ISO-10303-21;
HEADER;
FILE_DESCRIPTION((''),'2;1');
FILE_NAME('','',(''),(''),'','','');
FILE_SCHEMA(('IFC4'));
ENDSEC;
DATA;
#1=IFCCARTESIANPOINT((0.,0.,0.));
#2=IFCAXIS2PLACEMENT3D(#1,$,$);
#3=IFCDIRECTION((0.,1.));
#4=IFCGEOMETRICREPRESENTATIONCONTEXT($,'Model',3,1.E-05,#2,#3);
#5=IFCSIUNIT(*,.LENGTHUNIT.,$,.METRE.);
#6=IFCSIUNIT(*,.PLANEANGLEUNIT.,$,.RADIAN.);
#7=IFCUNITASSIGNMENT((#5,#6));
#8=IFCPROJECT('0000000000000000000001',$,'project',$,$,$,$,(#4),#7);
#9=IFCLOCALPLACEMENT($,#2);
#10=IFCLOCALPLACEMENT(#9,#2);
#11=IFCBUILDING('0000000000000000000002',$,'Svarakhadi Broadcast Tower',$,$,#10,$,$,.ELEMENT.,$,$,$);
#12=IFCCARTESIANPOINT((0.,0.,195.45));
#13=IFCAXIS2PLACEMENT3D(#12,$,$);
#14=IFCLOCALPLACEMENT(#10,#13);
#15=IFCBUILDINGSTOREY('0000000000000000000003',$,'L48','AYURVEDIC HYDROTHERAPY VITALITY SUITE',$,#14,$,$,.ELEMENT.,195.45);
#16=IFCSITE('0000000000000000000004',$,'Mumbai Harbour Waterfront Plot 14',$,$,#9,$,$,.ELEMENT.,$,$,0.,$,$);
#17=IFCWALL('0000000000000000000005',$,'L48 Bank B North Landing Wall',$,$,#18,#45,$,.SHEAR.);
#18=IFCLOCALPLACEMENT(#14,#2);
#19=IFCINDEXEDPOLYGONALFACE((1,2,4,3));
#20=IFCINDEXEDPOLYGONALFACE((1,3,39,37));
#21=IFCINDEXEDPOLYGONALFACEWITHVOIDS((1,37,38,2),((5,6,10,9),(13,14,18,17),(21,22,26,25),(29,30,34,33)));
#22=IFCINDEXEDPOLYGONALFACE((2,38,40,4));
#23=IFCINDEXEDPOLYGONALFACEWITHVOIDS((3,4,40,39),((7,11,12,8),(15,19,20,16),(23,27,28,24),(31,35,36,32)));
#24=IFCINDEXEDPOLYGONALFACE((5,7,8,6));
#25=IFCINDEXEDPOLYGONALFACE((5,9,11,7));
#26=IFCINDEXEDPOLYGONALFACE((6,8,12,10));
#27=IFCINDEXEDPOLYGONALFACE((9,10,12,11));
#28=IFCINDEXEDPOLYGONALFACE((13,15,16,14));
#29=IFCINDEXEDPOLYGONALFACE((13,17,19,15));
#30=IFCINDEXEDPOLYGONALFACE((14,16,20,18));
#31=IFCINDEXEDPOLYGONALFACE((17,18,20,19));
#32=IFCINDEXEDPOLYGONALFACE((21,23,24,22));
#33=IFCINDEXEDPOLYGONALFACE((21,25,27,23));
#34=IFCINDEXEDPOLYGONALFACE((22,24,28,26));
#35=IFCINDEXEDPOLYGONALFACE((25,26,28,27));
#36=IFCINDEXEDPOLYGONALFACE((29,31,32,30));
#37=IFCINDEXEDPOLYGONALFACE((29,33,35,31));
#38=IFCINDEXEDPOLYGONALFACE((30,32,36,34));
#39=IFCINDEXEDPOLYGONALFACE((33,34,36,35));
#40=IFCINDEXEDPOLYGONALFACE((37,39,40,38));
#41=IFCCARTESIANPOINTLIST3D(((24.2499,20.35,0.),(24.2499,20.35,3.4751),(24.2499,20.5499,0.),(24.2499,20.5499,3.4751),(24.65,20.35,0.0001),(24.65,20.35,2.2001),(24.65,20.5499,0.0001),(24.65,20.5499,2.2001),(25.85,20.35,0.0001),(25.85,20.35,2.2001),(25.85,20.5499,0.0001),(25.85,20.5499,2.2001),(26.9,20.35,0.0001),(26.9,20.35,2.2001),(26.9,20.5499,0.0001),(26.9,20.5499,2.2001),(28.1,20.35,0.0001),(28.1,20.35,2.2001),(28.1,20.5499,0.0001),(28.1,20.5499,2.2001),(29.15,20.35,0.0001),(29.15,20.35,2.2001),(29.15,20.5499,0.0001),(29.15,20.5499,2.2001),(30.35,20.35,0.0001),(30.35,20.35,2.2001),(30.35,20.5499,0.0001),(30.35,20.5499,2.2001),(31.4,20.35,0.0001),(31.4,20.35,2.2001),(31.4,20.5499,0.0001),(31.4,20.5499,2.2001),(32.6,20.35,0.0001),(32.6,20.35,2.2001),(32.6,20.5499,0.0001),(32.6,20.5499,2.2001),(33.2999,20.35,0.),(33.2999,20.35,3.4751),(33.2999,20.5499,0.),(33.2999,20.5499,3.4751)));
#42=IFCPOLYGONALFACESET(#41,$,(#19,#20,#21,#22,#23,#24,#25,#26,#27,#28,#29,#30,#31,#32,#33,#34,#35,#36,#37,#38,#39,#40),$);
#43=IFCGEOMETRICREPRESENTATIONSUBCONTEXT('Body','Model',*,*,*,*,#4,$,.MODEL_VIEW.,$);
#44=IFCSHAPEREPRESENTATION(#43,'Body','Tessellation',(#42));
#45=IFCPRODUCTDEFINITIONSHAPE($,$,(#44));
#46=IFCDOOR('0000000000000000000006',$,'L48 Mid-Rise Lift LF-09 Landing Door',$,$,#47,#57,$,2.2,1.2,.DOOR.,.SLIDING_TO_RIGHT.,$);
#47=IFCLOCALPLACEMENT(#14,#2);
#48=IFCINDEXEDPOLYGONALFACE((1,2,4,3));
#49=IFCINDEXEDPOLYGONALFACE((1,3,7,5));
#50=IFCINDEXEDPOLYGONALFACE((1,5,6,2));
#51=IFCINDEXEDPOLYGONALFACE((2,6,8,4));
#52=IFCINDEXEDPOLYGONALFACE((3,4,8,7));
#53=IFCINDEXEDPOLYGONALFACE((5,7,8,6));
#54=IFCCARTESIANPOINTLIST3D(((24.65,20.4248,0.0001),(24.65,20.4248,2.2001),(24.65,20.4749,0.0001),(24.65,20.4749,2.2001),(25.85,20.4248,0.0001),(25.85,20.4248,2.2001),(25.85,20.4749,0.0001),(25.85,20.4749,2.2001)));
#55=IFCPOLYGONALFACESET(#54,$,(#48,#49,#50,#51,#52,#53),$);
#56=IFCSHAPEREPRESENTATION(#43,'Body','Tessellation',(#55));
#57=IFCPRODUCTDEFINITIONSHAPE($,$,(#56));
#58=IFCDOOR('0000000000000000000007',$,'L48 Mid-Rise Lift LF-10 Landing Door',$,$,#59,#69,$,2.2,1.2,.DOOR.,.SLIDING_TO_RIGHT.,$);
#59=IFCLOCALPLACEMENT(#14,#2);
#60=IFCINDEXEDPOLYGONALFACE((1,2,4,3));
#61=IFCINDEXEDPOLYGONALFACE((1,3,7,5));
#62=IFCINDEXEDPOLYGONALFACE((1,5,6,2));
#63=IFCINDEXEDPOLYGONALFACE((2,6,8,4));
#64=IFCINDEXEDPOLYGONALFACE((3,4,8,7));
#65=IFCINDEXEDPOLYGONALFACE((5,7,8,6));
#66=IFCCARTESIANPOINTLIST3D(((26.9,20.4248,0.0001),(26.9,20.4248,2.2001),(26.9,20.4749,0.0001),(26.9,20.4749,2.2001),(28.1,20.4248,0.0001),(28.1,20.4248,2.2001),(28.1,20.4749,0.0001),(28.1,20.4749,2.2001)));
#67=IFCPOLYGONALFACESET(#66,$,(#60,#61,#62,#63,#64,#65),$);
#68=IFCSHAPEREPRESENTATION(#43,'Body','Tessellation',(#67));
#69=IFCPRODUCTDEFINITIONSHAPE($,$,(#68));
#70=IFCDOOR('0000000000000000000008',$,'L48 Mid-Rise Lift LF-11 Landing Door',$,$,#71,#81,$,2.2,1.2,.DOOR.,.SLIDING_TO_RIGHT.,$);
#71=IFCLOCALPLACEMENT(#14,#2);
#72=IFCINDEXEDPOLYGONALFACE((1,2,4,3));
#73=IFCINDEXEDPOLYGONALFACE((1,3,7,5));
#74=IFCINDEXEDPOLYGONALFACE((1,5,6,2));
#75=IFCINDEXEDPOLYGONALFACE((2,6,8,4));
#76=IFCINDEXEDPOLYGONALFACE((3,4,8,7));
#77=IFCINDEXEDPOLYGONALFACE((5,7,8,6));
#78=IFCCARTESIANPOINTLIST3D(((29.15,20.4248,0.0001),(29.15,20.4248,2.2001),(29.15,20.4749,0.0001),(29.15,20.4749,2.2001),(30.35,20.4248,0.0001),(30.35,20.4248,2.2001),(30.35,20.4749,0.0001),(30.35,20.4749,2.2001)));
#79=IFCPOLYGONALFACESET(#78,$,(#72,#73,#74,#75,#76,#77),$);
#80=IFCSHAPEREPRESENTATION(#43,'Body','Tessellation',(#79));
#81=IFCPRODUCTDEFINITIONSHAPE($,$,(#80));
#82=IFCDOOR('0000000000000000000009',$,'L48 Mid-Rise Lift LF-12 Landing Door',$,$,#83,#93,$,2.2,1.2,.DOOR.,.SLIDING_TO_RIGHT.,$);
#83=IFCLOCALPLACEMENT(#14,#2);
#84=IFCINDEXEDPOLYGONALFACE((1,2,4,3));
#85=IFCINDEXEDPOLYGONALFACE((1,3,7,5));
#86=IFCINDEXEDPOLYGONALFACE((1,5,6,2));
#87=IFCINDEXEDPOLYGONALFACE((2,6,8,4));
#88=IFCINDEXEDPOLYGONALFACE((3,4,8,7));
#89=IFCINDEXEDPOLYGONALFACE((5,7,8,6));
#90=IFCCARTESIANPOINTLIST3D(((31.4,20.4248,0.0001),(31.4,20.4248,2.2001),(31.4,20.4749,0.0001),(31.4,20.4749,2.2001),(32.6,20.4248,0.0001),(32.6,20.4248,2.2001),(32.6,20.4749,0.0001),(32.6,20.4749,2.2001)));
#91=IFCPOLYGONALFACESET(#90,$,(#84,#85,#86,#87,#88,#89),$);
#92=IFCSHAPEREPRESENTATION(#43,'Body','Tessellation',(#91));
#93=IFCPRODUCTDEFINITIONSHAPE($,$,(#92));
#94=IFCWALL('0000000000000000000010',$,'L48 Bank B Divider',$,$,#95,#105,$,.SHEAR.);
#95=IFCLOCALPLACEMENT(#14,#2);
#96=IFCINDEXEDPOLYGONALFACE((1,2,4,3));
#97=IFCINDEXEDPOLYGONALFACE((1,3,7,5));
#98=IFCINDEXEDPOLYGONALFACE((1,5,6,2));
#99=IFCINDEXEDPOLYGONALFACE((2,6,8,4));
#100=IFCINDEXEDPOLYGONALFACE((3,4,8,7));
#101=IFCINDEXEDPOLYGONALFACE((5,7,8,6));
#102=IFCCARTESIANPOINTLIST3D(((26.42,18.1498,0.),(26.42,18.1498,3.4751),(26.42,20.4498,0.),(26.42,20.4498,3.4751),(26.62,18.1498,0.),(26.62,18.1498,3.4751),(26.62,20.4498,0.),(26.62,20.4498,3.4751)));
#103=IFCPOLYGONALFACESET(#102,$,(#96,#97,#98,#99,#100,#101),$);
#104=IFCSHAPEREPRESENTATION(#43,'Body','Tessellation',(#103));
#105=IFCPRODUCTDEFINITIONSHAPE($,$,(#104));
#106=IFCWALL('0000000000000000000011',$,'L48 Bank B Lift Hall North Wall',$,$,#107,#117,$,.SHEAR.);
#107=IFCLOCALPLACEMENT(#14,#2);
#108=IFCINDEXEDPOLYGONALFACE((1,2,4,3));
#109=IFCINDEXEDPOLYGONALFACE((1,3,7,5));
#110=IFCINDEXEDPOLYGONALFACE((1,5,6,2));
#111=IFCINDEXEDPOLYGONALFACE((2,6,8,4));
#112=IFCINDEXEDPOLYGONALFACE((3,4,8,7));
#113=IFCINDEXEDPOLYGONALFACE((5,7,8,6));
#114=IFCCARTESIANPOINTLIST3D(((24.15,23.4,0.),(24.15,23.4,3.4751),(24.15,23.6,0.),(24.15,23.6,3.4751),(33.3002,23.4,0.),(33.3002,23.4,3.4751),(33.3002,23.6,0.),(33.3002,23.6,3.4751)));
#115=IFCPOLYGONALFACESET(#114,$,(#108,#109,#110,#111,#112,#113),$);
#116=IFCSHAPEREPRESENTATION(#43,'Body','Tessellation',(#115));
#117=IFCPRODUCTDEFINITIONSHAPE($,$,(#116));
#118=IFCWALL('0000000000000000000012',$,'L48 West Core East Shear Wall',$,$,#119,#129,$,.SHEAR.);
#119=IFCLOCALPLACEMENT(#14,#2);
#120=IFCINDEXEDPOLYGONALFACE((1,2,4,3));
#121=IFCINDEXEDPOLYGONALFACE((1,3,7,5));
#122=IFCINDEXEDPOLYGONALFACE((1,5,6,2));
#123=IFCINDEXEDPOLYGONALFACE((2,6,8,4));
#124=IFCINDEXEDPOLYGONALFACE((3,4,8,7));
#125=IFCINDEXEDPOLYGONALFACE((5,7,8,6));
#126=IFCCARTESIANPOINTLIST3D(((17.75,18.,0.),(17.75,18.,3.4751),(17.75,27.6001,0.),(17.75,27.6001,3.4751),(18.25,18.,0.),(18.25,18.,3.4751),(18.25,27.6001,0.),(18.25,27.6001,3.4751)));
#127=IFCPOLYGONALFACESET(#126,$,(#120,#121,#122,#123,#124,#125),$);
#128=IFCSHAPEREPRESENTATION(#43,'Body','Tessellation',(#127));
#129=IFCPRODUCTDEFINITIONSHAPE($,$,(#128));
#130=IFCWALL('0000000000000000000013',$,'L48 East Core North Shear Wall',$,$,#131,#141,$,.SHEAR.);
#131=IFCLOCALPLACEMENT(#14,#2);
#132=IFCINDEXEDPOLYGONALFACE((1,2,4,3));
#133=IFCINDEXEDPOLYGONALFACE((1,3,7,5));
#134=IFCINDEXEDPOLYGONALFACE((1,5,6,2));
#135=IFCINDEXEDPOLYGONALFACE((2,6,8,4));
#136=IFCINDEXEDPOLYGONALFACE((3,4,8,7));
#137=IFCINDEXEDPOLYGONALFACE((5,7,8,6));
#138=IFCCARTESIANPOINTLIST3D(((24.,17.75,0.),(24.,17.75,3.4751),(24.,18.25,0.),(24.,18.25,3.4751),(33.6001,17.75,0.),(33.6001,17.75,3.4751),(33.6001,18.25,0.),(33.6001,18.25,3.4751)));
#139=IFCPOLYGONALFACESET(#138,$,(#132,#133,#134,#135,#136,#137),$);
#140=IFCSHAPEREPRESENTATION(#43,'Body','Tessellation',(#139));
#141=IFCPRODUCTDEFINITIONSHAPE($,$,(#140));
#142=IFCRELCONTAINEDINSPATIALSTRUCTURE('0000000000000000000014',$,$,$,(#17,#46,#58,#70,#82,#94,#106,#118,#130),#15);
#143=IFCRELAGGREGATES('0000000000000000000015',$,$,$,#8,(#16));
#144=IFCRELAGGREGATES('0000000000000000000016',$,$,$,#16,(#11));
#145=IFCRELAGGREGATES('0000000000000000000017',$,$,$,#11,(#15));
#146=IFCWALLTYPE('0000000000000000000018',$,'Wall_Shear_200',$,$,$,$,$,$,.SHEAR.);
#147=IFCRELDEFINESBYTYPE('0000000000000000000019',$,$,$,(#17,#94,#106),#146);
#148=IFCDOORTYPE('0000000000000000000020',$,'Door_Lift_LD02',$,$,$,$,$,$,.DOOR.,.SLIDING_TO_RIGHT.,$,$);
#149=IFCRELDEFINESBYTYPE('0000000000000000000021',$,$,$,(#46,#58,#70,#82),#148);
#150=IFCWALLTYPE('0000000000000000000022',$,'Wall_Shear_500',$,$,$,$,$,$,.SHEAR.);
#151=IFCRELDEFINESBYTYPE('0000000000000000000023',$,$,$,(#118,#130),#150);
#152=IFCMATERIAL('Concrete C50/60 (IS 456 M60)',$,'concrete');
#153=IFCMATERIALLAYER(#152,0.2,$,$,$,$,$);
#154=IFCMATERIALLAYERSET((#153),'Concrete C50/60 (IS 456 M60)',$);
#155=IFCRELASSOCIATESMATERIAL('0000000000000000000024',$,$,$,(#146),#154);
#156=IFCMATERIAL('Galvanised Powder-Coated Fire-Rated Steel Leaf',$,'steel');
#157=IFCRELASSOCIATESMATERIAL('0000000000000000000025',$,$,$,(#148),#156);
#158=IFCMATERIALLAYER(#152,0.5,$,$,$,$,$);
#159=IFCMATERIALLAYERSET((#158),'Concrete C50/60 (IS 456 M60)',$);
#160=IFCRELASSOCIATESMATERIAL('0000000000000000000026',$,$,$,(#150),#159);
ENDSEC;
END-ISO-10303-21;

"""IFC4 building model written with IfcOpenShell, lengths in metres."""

from ifc_helpers import new_model, si_unit, direction, frame, frame_2d, origin, place, context, subcontext, project, spatial, rectangle, extrude, material, layer, layer_set, type_object, element, fill, save


model = new_model("IFC4")

# Units and contexts
model_context = context("Model", 3, precision=1e-05, world=origin(), true_north=direction((0.0, 1.0)))
body_context = subcontext(model_context, "Body", "Model", "MODEL_VIEW")
ifc_project = project(units=[si_unit("LENGTHUNIT", "METRE"), si_unit("PLANEANGLEUNIT", "RADIAN")], contexts=[model_context])

# Site, building, storey
site_placement = place(None, origin())
site = spatial("IfcSite", under=ifc_project, at=site_placement, Name="Mumbai Harbour Waterfront Plot 14", CompositionType="ELEMENT", RefElevation=0.0)
building_placement = place(site_placement, origin())
building = spatial("IfcBuilding", under=site, at=building_placement, Name="Svarakhadi Broadcast Tower", CompositionType="ELEMENT")
storey_placement = place(building_placement, frame((0.0, 0.0, 195.45)))
storey = spatial("IfcBuildingStorey", under=building, at=storey_placement, Name="L48", Description="AYURVEDIC HYDROTHERAPY VITALITY SUITE", CompositionType="ELEMENT", Elevation=195.45)

# Shared definitions
ifc_material_1 = material(Name="Concrete C50/60 (IS 456 M60)", Category="concrete")

# Shared definitions
ifc_layer_1 = layer(ifc_material_1, 0.2)
ifc_layer_set_1 = layer_set([ifc_layer_1], Name="Concrete C50/60 (IS 456 M60)")
wall_type_1 = type_object("IfcWallType", Name="Wall_Shear_200", PredefinedType="SHEAR", material=ifc_layer_set_1)
ifc_material_2 = material(Name="Galvanised Powder-Coated Fire-Rated Steel Leaf", Category="steel")

# Wall, openings, doors
wall_1_placement = place(storey_placement, frame((24.25, 20.45, 0.0), z_axis=(0.0, 0.0, 1.0), x_axis=(1.0, 0.0, 0.0)))
wall_1 = element("IfcWall", 1, at=wall_1_placement, inside=storey, type_object=wall_type_1, Name="L48 Bank B North Landing Wall", PredefinedType="SHEAR", context=body_context, shape_type="SweptSolid", body=[
    extrude(rectangle(XDim=9.05, YDim=0.2, at=frame_2d((4.5249, 0.0))), origin(), (0.0, 0.0, 1.0), 3.4751),
])
opening_1_placement = place(wall_1_placement, frame((0.3999, 0.0, 0.0)))
opening_1 = element("IfcOpeningElement", 2, at=opening_1_placement, cuts=wall_1, PredefinedType="OPENING", context=body_context, shape_type="SweptSolid", body=[
    extrude(rectangle(XDim=1.2, YDim=2.2, at=frame_2d((0.6001, 1.1001))), frame((0.0, 0.1099, 0.0), z_axis=(0.0, -1.0, 0.0), x_axis=(1.0, 0.0, 0.0)), (0.0, 0.0, 1.0), 0.22),
])
opening_2_placement = place(wall_1_placement, frame((2.6499, 0.0, 0.0)))
opening_2 = element("IfcOpeningElement", 3, at=opening_2_placement, cuts=wall_1, PredefinedType="OPENING", context=body_context, shape_type="SweptSolid", body=[
    extrude(rectangle(XDim=1.2, YDim=2.2, at=frame_2d((0.6001, 1.1001))), frame((0.0, 0.1099, 0.0), z_axis=(0.0, -1.0, 0.0), x_axis=(1.0, 0.0, 0.0)), (0.0, 0.0, 1.0), 0.22),
])
opening_3_placement = place(wall_1_placement, frame((4.8999, 0.0, 0.0)))
opening_3 = element("IfcOpeningElement", 4, at=opening_3_placement, cuts=wall_1, PredefinedType="OPENING", context=body_context, shape_type="SweptSolid", body=[
    extrude(rectangle(XDim=1.2, YDim=2.2, at=frame_2d((0.6001, 1.1001))), frame((0.0, 0.1099, 0.0), z_axis=(0.0, -1.0, 0.0), x_axis=(1.0, 0.0, 0.0)), (0.0, 0.0, 1.0), 0.22),
])
opening_4_placement = place(wall_1_placement, frame((7.1499, 0.0, 0.0)))
opening_4 = element("IfcOpeningElement", 5, at=opening_4_placement, cuts=wall_1, PredefinedType="OPENING", context=body_context, shape_type="SweptSolid", body=[
    extrude(rectangle(XDim=1.2, YDim=2.2, at=frame_2d((0.6001, 1.1001))), frame((0.0, 0.1099, 0.0), z_axis=(0.0, -1.0, 0.0), x_axis=(1.0, 0.0, 0.0)), (0.0, 0.0, 1.0), 0.22),
])
door_type_1 = type_object("IfcDoorType", Name="Door_Lift_LD02", OperationType="SLIDING_TO_RIGHT", PredefinedType="DOOR", material=ifc_material_2)
door_1_placement = place(opening_1_placement, origin())
door_1 = element("IfcDoor", 6, at=door_1_placement, inside=storey, type_object=door_type_1, Name="L48 Mid-Rise Lift LF-09 Landing Door", OperationType="SLIDING_TO_RIGHT", OverallHeight=2.2, OverallWidth=1.2, PredefinedType="DOOR", context=body_context, shape_type="SweptSolid", body=[
    extrude(rectangle(XDim=1.2, YDim=2.2, at=frame_2d((0.6001, 1.1001))), frame((0.0, 0.0249, 0.0), z_axis=(0.0, -1.0, 0.0), x_axis=(1.0, 0.0, 0.0)), (0.0, 0.0, 1.0), 0.05),
])
fill(opening_1, door_1)
door_2_placement = place(opening_2_placement, origin())
door_2 = element("IfcDoor", 7, at=door_2_placement, inside=storey, type_object=door_type_1, Name="L48 Mid-Rise Lift LF-10 Landing Door", OperationType="SLIDING_TO_RIGHT", OverallHeight=2.2, OverallWidth=1.2, PredefinedType="DOOR", context=body_context, shape_type="SweptSolid", body=[
    extrude(rectangle(XDim=1.2, YDim=2.2, at=frame_2d((0.6001, 1.1001))), frame((0.0, 0.0249, 0.0), z_axis=(0.0, -1.0, 0.0), x_axis=(1.0, 0.0, 0.0)), (0.0, 0.0, 1.0), 0.05),
])
fill(opening_2, door_2)
door_3_placement = place(opening_3_placement, origin())
door_3 = element("IfcDoor", 8, at=door_3_placement, inside=storey, type_object=door_type_1, Name="L48 Mid-Rise Lift LF-11 Landing Door", OperationType="SLIDING_TO_RIGHT", OverallHeight=2.2, OverallWidth=1.2, PredefinedType="DOOR", context=body_context, shape_type="SweptSolid", body=[
    extrude(rectangle(XDim=1.2, YDim=2.2, at=frame_2d((0.6001, 1.1001))), frame((0.0, 0.0249, 0.0), z_axis=(0.0, -1.0, 0.0), x_axis=(1.0, 0.0, 0.0)), (0.0, 0.0, 1.0), 0.05),
])
fill(opening_3, door_3)
door_4_placement = place(opening_4_placement, origin())
door_4 = element("IfcDoor", 9, at=door_4_placement, inside=storey, type_object=door_type_1, Name="L48 Mid-Rise Lift LF-12 Landing Door", OperationType="SLIDING_TO_RIGHT", OverallHeight=2.2, OverallWidth=1.2, PredefinedType="DOOR", context=body_context, shape_type="SweptSolid", body=[
    extrude(rectangle(XDim=1.2, YDim=2.2, at=frame_2d((0.6001, 1.1001))), frame((0.0, 0.0249, 0.0), z_axis=(0.0, -1.0, 0.0), x_axis=(1.0, 0.0, 0.0)), (0.0, 0.0, 1.0), 0.05),
])
fill(opening_4, door_4)

# Walls
wall_2_placement = place(storey_placement, frame((26.52, 18.1499, 0.0), z_axis=(0.0, 0.0, 1.0), x_axis=(0.0, 1.0, 0.0)))
element("IfcWall", 10, at=wall_2_placement, inside=storey, type_object=wall_type_1, Name="L48 Bank B Divider", PredefinedType="SHEAR", context=body_context, shape_type="SweptSolid", body=[
    extrude(rectangle(XDim=2.3, YDim=0.2, at=frame_2d((1.1499, 0.0))), origin(), (0.0, 0.0, 1.0), 3.4751),
])
wall_3_placement = place(storey_placement, frame((24.1499, 23.5, 0.0), z_axis=(0.0, 0.0, 1.0), x_axis=(1.0, 0.0, 0.0)))
element("IfcWall", 11, at=wall_3_placement, inside=storey, type_object=wall_type_1, Name="L48 Bank B Lift Hall North Wall", PredefinedType="SHEAR", context=body_context, shape_type="SweptSolid", body=[
    extrude(rectangle(XDim=9.1501, YDim=0.2, at=frame_2d((4.5752, 0.0))), origin(), (0.0, 0.0, 1.0), 3.4751),
])

# Walls
ifc_layer_2 = layer(ifc_material_1, 0.5)
ifc_layer_set_2 = layer_set([ifc_layer_2], Name="Concrete C50/60 (IS 456 M60)")
wall_type_2 = type_object("IfcWallType", Name="Wall_Shear_500", PredefinedType="SHEAR", material=ifc_layer_set_2)
for number, where, z_axis, x_axis, name in (
    (12, (18.0, 18.0, 0.0), (0.0, 0.0, 1.0), (0.0, 1.0, 0.0), "L48 West Core East Shear Wall"),
    (13, (24.0, 18.0, 0.0), (0.0, 0.0, 1.0), (1.0, 0.0, 0.0), "L48 East Core North Shear Wall"),
):
    element("IfcWall", number, at=place(storey_placement, frame(where, z_axis=z_axis, x_axis=x_axis)), inside=storey, type_object=wall_type_2, Name=name, PredefinedType="SHEAR", context=body_context, shape_type="SweptSolid", body=[
        extrude(rectangle(XDim=9.6001, YDim=0.5, at=frame_2d((4.8, 0.0))), origin(), (0.0, 0.0, 1.0), 3.4751),
    ])

save(model, "model.ifc")
